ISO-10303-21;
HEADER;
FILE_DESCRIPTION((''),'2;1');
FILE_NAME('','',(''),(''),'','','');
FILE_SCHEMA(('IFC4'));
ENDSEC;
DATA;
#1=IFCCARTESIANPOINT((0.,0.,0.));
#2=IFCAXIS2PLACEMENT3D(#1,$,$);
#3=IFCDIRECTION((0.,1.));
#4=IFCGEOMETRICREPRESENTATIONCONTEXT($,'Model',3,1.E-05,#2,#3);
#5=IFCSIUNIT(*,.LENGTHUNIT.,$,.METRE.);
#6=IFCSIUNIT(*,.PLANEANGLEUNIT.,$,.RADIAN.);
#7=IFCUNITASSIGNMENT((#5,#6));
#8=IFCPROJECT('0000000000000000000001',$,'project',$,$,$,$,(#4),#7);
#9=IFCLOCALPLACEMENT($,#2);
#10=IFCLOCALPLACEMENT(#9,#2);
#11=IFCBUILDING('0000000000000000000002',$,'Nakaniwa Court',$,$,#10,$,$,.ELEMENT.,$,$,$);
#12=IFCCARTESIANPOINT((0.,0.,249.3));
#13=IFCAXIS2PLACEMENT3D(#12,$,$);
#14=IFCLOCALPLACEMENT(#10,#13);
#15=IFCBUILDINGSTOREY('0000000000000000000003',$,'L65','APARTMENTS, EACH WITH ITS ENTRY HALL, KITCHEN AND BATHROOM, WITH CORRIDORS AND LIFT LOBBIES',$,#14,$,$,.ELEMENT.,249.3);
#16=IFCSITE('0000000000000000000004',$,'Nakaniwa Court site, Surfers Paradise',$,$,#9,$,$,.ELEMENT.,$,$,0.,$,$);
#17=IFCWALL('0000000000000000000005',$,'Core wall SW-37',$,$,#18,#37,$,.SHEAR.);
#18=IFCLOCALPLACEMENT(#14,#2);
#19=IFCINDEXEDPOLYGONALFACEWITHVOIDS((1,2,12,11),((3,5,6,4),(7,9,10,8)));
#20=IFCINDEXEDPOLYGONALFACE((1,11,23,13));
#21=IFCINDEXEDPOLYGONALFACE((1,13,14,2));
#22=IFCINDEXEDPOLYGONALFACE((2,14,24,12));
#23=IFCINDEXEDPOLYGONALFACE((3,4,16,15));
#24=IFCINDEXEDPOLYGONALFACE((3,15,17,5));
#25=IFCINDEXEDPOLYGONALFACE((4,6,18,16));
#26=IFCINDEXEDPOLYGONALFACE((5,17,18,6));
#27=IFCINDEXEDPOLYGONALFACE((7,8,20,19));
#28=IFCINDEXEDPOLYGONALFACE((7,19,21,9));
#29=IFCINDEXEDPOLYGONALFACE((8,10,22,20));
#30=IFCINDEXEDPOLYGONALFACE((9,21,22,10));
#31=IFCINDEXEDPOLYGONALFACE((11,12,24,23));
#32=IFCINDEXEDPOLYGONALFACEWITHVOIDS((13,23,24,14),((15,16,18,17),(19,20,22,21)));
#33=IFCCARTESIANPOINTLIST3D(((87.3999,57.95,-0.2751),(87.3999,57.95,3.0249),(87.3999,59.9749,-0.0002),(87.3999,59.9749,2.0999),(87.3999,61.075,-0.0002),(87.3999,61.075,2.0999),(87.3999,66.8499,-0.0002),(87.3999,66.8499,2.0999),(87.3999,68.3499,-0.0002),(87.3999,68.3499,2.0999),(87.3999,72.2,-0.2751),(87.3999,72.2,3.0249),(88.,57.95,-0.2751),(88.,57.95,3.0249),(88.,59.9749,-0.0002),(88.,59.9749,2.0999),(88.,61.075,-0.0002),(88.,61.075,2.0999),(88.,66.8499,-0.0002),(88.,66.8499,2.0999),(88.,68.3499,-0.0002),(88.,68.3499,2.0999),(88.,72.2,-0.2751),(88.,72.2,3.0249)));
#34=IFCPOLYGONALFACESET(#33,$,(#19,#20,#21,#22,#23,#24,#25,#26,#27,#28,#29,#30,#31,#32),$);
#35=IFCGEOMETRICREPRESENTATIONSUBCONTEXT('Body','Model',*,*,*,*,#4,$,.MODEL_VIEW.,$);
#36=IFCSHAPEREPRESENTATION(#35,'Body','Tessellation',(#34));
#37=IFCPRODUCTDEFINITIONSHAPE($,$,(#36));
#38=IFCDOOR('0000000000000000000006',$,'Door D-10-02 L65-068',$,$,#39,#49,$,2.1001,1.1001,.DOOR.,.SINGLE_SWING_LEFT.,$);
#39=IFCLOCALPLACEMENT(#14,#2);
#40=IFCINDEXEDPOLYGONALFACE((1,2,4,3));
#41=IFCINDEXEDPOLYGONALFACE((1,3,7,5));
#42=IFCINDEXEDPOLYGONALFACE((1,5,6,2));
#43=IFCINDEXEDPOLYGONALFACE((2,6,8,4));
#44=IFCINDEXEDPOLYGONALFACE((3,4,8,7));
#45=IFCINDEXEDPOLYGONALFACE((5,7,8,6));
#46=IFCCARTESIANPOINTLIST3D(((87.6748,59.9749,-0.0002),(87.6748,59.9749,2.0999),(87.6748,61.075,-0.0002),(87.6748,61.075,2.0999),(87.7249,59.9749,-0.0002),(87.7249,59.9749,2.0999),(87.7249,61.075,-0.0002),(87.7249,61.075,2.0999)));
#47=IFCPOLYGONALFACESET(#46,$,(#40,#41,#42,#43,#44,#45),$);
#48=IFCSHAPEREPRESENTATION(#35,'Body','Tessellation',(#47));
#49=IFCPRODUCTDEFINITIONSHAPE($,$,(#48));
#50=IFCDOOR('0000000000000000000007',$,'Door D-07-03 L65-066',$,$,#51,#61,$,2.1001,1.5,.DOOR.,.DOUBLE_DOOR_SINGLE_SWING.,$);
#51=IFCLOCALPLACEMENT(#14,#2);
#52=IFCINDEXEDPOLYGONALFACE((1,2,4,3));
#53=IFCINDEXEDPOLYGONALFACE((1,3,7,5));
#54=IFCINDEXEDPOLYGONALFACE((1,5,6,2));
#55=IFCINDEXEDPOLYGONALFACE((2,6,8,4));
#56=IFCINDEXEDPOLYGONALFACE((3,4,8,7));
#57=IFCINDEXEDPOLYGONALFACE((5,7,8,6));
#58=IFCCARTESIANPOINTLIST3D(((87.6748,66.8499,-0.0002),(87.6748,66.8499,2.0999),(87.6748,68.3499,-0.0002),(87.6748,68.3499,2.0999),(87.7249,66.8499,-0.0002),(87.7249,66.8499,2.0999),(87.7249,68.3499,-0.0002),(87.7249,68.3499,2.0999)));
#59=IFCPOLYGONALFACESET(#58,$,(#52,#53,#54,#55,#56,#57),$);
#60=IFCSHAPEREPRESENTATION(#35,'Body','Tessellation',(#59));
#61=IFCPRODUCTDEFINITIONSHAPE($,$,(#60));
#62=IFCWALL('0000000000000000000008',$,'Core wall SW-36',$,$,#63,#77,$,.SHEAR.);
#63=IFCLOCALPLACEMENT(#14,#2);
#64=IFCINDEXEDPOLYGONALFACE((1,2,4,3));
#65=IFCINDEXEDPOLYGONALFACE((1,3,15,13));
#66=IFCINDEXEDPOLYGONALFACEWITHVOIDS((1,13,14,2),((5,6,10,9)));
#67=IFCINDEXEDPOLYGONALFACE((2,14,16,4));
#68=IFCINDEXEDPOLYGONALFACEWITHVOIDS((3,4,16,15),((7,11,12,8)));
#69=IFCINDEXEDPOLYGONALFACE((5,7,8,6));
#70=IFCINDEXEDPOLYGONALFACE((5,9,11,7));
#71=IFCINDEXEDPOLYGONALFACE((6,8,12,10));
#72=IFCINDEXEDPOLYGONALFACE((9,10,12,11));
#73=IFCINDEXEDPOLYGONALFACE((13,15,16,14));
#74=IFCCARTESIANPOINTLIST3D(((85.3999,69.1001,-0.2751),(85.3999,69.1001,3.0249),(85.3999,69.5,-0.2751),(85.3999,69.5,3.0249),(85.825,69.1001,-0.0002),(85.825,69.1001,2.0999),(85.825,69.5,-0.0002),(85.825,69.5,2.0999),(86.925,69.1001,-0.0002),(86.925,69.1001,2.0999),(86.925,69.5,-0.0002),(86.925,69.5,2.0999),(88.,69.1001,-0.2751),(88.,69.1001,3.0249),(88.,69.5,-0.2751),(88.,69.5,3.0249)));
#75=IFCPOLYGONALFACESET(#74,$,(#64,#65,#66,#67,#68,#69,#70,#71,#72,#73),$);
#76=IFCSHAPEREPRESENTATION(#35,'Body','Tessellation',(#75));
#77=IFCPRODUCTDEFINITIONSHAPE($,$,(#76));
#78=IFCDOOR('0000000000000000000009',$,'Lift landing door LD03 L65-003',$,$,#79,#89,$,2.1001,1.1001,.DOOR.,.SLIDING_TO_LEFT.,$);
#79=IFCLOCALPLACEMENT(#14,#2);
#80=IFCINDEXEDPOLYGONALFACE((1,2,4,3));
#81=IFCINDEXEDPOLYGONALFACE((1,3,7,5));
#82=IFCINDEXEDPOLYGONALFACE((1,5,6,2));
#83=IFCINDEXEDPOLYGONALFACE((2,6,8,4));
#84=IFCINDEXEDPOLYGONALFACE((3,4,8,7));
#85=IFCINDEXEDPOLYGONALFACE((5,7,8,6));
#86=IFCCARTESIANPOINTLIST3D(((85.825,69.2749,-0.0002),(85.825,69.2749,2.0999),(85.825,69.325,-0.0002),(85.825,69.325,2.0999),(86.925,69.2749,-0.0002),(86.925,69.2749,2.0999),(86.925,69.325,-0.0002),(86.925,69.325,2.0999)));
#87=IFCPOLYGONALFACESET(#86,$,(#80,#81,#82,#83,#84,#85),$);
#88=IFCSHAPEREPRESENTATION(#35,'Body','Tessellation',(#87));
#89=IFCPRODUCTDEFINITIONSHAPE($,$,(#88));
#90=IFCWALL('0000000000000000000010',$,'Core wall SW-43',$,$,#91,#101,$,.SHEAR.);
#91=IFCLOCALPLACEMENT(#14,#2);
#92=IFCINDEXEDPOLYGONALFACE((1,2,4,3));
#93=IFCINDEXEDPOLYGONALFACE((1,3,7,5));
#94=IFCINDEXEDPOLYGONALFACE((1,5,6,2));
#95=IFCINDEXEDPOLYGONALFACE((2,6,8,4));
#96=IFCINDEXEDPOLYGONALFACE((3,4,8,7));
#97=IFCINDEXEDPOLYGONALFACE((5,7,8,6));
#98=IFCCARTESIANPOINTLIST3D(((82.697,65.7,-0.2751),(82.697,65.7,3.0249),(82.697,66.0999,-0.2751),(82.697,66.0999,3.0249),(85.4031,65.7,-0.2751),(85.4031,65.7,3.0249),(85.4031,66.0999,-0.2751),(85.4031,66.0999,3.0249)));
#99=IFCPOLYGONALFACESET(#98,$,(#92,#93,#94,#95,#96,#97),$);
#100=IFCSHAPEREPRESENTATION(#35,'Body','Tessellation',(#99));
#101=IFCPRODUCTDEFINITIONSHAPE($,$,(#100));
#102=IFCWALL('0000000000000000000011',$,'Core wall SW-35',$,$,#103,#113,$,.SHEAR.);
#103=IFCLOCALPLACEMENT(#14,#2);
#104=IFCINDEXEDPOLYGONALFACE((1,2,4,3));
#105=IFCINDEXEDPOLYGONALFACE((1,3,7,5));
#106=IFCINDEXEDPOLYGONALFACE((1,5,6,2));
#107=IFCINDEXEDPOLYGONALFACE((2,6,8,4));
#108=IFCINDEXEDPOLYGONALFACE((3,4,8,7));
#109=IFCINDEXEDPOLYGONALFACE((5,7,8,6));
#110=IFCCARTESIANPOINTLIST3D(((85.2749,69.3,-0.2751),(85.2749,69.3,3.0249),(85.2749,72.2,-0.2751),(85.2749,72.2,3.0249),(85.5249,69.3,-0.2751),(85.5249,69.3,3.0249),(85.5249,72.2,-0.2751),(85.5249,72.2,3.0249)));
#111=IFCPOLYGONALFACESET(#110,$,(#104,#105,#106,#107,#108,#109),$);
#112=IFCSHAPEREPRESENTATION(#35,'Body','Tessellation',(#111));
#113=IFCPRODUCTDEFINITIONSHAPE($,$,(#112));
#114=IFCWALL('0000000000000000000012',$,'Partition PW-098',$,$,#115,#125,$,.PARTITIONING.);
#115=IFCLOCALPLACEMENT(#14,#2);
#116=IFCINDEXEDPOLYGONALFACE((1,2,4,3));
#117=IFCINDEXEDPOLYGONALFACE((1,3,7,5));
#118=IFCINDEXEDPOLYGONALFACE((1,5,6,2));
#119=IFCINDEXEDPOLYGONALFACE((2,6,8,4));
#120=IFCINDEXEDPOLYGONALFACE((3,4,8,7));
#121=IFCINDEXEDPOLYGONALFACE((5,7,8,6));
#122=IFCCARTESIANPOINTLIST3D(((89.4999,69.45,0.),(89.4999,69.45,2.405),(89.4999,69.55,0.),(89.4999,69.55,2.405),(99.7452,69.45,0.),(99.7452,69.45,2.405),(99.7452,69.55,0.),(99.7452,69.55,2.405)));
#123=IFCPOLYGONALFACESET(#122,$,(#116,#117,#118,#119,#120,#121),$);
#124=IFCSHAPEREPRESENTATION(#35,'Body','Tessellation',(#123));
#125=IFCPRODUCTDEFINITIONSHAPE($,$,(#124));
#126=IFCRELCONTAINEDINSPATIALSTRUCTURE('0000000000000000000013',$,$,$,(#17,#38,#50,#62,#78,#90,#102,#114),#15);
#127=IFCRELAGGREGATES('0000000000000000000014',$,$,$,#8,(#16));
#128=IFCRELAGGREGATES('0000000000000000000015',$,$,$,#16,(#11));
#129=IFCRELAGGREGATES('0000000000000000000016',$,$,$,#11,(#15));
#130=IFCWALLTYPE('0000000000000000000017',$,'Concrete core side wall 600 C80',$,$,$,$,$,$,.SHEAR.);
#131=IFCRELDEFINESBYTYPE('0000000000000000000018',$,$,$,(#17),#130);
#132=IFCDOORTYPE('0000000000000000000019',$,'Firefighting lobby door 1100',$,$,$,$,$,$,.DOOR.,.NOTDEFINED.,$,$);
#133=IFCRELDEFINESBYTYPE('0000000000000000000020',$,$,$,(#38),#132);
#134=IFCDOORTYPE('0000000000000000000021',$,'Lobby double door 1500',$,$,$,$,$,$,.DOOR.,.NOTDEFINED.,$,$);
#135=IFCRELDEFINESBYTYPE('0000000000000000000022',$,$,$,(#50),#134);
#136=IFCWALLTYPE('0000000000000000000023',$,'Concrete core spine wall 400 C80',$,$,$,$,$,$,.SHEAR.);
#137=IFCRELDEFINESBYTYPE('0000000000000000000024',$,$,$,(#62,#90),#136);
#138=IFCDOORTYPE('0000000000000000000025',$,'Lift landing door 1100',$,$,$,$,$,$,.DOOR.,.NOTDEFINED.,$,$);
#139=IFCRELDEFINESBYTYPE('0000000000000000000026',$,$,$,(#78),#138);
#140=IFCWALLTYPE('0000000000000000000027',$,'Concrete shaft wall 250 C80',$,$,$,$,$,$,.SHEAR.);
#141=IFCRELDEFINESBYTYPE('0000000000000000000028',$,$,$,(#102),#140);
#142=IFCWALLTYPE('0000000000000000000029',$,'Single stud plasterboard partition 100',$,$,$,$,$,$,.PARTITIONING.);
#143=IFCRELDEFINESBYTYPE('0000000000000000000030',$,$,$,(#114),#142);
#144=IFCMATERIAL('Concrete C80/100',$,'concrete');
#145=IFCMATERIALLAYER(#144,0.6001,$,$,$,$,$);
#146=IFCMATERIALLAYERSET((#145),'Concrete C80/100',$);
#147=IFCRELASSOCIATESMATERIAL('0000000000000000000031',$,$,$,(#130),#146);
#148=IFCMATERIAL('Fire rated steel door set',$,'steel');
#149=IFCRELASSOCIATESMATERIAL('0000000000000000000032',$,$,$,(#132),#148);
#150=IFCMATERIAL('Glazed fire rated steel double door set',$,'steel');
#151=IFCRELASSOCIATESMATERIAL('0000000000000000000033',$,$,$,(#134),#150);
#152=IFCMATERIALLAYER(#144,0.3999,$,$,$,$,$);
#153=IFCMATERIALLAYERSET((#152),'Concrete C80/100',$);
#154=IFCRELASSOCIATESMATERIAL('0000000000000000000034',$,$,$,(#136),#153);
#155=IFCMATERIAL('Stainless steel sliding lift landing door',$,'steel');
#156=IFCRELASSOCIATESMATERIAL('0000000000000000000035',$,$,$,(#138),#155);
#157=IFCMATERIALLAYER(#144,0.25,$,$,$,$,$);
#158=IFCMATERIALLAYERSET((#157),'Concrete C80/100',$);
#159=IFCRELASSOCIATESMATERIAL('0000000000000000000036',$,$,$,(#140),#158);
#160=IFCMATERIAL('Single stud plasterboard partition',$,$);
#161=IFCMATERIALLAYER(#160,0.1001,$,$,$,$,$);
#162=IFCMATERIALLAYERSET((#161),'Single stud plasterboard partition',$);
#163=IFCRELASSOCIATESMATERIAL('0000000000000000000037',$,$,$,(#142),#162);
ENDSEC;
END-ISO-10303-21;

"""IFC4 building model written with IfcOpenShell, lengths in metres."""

from ifc_helpers import new_model, si_unit, direction, frame, frame_2d, origin, place, context, subcontext, project, spatial, rectangle, extrude, material, layer, layer_set, type_object, element, fill, save


model = new_model("IFC4")

# Units and contexts
model_context = context("Model", 3, precision=1e-05, world=origin(), true_north=direction((0.0, 1.0)))
body_context = subcontext(model_context, "Body", "Model", "MODEL_VIEW")
ifc_project = project(units=[si_unit("LENGTHUNIT", "METRE"), si_unit("PLANEANGLEUNIT", "RADIAN")], contexts=[model_context])

# Site, building, storey
site_placement = place(None, origin())
site = spatial("IfcSite", under=ifc_project, at=site_placement, Name="Nakaniwa Court site, Surfers Paradise", CompositionType="ELEMENT", RefElevation=0.0)
building_placement = place(site_placement, origin())
building = spatial("IfcBuilding", under=site, at=building_placement, Name="Nakaniwa Court", CompositionType="ELEMENT")
storey_placement = place(building_placement, frame((0.0, 0.0, 249.3)))
storey = spatial("IfcBuildingStorey", under=building, at=storey_placement, Name="L65", Description="APARTMENTS, EACH WITH ITS ENTRY HALL, KITCHEN AND BATHROOM, WITH CORRIDORS AND LIFT LOBBIES", CompositionType="ELEMENT", Elevation=249.3)

# Shared definitions
ifc_material_1 = material(Name="Concrete C80/100", Category="concrete")

# Shared definitions
ifc_material_2 = material(Name="Fire rated steel door set", Category="steel")

# Wall, openings, doors
ifc_layer_1 = layer(ifc_material_1, 0.6001)
ifc_layer_set_1 = layer_set([ifc_layer_1], Name="Concrete C80/100")
wall_type_1 = type_object("IfcWallType", Name="Concrete core side wall 600 C80", PredefinedType="SHEAR", material=ifc_layer_set_1)
wall_1_placement = place(storey_placement, frame((87.7, 72.2, -0.2751), z_axis=(0.0, 0.0, 1.0), x_axis=(0.0, -1.0, 0.0)))
wall_1 = element("IfcWall", 1, at=wall_1_placement, inside=storey, type_object=wall_type_1, Name="Core wall SW-37", PredefinedType="SHEAR", context=body_context, shape_type="SweptSolid", body=[
    extrude(rectangle(XDim=14.25, YDim=0.6001, at=frame_2d((7.125, 0.0))), origin(), (0.0, 0.0, 1.0), 3.3),
])
opening_1_placement = place(wall_1_placement, frame((3.8501, 0.0, 0.2749)))
opening_1 = element("IfcOpeningElement", 2, at=opening_1_placement, cuts=wall_1, PredefinedType="OPENING", context=body_context, shape_type="SweptSolid", body=[
    extrude(rectangle(XDim=1.5, YDim=2.1001, at=frame_2d((0.75, 1.05))), frame((0.0, 0.3101, 0.0), z_axis=(0.0, -1.0, 0.0), x_axis=(1.0, 0.0, 0.0)), (0.0, 0.0, 1.0), 0.6201),
])
opening_2_placement = place(wall_1_placement, frame((11.125, 0.0, 0.2749)))
opening_2 = element("IfcOpeningElement", 3, at=opening_2_placement, cuts=wall_1, PredefinedType="OPENING", context=body_context, shape_type="SweptSolid", body=[
    extrude(rectangle(XDim=1.1001, YDim=2.1001, at=frame_2d((0.55, 1.05))), frame((0.0, 0.3101, 0.0), z_axis=(0.0, -1.0, 0.0), x_axis=(1.0, 0.0, 0.0)), (0.0, 0.0, 1.0), 0.6201),
])
door_type_1 = type_object("IfcDoorType", Name="Firefighting lobby door 1100", OperationType="NOTDEFINED", PredefinedType="DOOR", material=ifc_material_2)
door_1_placement = place(opening_2_placement, origin())
door_1 = element("IfcDoor", 4, at=door_1_placement, inside=storey, type_object=door_type_1, Name="Door D-10-02 L65-068", OperationType="SINGLE_SWING_LEFT", OverallHeight=2.1001, OverallWidth=1.1001, PredefinedType="DOOR", context=body_context, shape_type="SweptSolid", body=[
    extrude(rectangle(XDim=1.1001, YDim=2.1001, at=frame_2d((0.55, 1.05))), frame((0.0, 0.0249, 0.0), z_axis=(0.0, -1.0, 0.0), x_axis=(1.0, 0.0, 0.0)), (0.0, 0.0, 1.0), 0.05),
])
fill(opening_2, door_1)
ifc_material_3 = material(Name="Glazed fire rated steel double door set", Category="steel")
door_type_2 = type_object("IfcDoorType", Name="Lobby double door 1500", OperationType="NOTDEFINED", PredefinedType="DOOR", material=ifc_material_3)
door_2_placement = place(opening_1_placement, origin())
door_2 = element("IfcDoor", 5, at=door_2_placement, inside=storey, type_object=door_type_2, Name="Door D-07-03 L65-066", OperationType="DOUBLE_DOOR_SINGLE_SWING", OverallHeight=2.1001, OverallWidth=1.5, PredefinedType="DOOR", context=body_context, shape_type="SweptSolid", body=[
    extrude(rectangle(XDim=1.5, YDim=2.1001, at=frame_2d((0.75, 1.05))), frame((0.0, 0.0249, 0.0), z_axis=(0.0, -1.0, 0.0), x_axis=(1.0, 0.0, 0.0)), (0.0, 0.0, 1.0), 0.05),
])
fill(opening_1, door_2)

# Wall, opening, door
ifc_layer_2 = layer(ifc_material_1, 0.3999)
ifc_layer_set_2 = layer_set([ifc_layer_2], Name="Concrete C80/100")
wall_type_2 = type_object("IfcWallType", Name="Concrete core spine wall 400 C80", PredefinedType="SHEAR", material=ifc_layer_set_2)
wall_2_placement = place(storey_placement, frame((85.3999, 69.3, -0.2751), z_axis=(0.0, 0.0, 1.0), x_axis=(1.0, 0.0, 0.0)))
wall_2 = element("IfcWall", 6, at=wall_2_placement, inside=storey, type_object=wall_type_2, Name="Core wall SW-36", PredefinedType="SHEAR", context=body_context, shape_type="SweptSolid", body=[
    extrude(rectangle(XDim=2.6001, YDim=0.3999, at=frame_2d((1.3, 0.0))), origin(), (0.0, 0.0, 1.0), 3.3),
])
opening_3_placement = place(wall_2_placement, frame((0.425, 0.0, 0.2749)))
opening_3 = element("IfcOpeningElement", 7, at=opening_3_placement, cuts=wall_2, PredefinedType="OPENING", context=body_context, shape_type="SweptSolid", body=[
    extrude(rectangle(XDim=1.1001, YDim=2.1001, at=frame_2d((0.55, 1.05))), frame((0.0, 0.21, 0.0), z_axis=(0.0, -1.0, 0.0), x_axis=(1.0, 0.0, 0.0)), (0.0, 0.0, 1.0), 0.4199),
])
ifc_material_4 = material(Name="Stainless steel sliding lift landing door", Category="steel")
door_type_3 = type_object("IfcDoorType", Name="Lift landing door 1100", OperationType="NOTDEFINED", PredefinedType="DOOR", material=ifc_material_4)
door_3_placement = place(opening_3_placement, origin())
door_3 = element("IfcDoor", 8, at=door_3_placement, inside=storey, type_object=door_type_3, Name="Lift landing door LD03 L65-003", OperationType="SLIDING_TO_LEFT", OverallHeight=2.1001, OverallWidth=1.1001, PredefinedType="DOOR", context=body_context, shape_type="SweptSolid", body=[
    extrude(rectangle(XDim=1.1001, YDim=2.1001, at=frame_2d((0.55, 1.05))), frame((0.0, 0.0249, 0.0), z_axis=(0.0, -1.0, 0.0), x_axis=(1.0, 0.0, 0.0)), (0.0, 0.0, 1.0), 0.05),
])
fill(opening_3, door_3)

# Walls
wall_3_placement = place(storey_placement, frame((82.697, 65.8999, -0.2751), z_axis=(0.0, 0.0, 1.0), x_axis=(1.0, 0.0, 0.0)))
element("IfcWall", 9, at=wall_3_placement, inside=storey, type_object=wall_type_2, Name="Core wall SW-43", PredefinedType="SHEAR", context=body_context, shape_type="SweptSolid", body=[
    extrude(rectangle(XDim=2.7061, YDim=0.3999, at=frame_2d((1.353, 0.0))), origin(), (0.0, 0.0, 1.0), 3.3),
])
ifc_layer_3 = layer(ifc_material_1, 0.25)
ifc_layer_set_3 = layer_set([ifc_layer_3], Name="Concrete C80/100")
wall_type_3 = type_object("IfcWallType", Name="Concrete shaft wall 250 C80", PredefinedType="SHEAR", material=ifc_layer_set_3)
wall_4_placement = place(storey_placement, frame((85.3999, 69.3, -0.2751), z_axis=(0.0, 0.0, 1.0), x_axis=(0.0, 1.0, 0.0)))
element("IfcWall", 10, at=wall_4_placement, inside=storey, type_object=wall_type_3, Name="Core wall SW-35", PredefinedType="SHEAR", context=body_context, shape_type="SweptSolid", body=[
    extrude(rectangle(XDim=2.8999, YDim=0.25, at=frame_2d((1.45, 0.0))), origin(), (0.0, 0.0, 1.0), 3.3),
])
ifc_material_5 = material(Name="Single stud plasterboard partition")
ifc_layer_4 = layer(ifc_material_5, 0.1001)
ifc_layer_set_4 = layer_set([ifc_layer_4], Name="Single stud plasterboard partition")
wall_type_4 = type_object("IfcWallType", Name="Single stud plasterboard partition 100", PredefinedType="PARTITIONING", material=ifc_layer_set_4)
wall_5_placement = place(storey_placement, frame((89.5, 69.5, 0.0), z_axis=(0.0, 0.0, 1.0), x_axis=(1.0, 0.0, 0.0)))
element("IfcWall", 11, at=wall_5_placement, inside=storey, type_object=wall_type_4, Name="Partition PW-098", PredefinedType="PARTITIONING", context=body_context, shape_type="SweptSolid", body=[
    extrude(rectangle(XDim=10.2454, YDim=0.1001, at=frame_2d((5.1226, 0.0))), origin(), (0.0, 0.0, 1.0), 2.405),
])

save(model, "model.ifc")
